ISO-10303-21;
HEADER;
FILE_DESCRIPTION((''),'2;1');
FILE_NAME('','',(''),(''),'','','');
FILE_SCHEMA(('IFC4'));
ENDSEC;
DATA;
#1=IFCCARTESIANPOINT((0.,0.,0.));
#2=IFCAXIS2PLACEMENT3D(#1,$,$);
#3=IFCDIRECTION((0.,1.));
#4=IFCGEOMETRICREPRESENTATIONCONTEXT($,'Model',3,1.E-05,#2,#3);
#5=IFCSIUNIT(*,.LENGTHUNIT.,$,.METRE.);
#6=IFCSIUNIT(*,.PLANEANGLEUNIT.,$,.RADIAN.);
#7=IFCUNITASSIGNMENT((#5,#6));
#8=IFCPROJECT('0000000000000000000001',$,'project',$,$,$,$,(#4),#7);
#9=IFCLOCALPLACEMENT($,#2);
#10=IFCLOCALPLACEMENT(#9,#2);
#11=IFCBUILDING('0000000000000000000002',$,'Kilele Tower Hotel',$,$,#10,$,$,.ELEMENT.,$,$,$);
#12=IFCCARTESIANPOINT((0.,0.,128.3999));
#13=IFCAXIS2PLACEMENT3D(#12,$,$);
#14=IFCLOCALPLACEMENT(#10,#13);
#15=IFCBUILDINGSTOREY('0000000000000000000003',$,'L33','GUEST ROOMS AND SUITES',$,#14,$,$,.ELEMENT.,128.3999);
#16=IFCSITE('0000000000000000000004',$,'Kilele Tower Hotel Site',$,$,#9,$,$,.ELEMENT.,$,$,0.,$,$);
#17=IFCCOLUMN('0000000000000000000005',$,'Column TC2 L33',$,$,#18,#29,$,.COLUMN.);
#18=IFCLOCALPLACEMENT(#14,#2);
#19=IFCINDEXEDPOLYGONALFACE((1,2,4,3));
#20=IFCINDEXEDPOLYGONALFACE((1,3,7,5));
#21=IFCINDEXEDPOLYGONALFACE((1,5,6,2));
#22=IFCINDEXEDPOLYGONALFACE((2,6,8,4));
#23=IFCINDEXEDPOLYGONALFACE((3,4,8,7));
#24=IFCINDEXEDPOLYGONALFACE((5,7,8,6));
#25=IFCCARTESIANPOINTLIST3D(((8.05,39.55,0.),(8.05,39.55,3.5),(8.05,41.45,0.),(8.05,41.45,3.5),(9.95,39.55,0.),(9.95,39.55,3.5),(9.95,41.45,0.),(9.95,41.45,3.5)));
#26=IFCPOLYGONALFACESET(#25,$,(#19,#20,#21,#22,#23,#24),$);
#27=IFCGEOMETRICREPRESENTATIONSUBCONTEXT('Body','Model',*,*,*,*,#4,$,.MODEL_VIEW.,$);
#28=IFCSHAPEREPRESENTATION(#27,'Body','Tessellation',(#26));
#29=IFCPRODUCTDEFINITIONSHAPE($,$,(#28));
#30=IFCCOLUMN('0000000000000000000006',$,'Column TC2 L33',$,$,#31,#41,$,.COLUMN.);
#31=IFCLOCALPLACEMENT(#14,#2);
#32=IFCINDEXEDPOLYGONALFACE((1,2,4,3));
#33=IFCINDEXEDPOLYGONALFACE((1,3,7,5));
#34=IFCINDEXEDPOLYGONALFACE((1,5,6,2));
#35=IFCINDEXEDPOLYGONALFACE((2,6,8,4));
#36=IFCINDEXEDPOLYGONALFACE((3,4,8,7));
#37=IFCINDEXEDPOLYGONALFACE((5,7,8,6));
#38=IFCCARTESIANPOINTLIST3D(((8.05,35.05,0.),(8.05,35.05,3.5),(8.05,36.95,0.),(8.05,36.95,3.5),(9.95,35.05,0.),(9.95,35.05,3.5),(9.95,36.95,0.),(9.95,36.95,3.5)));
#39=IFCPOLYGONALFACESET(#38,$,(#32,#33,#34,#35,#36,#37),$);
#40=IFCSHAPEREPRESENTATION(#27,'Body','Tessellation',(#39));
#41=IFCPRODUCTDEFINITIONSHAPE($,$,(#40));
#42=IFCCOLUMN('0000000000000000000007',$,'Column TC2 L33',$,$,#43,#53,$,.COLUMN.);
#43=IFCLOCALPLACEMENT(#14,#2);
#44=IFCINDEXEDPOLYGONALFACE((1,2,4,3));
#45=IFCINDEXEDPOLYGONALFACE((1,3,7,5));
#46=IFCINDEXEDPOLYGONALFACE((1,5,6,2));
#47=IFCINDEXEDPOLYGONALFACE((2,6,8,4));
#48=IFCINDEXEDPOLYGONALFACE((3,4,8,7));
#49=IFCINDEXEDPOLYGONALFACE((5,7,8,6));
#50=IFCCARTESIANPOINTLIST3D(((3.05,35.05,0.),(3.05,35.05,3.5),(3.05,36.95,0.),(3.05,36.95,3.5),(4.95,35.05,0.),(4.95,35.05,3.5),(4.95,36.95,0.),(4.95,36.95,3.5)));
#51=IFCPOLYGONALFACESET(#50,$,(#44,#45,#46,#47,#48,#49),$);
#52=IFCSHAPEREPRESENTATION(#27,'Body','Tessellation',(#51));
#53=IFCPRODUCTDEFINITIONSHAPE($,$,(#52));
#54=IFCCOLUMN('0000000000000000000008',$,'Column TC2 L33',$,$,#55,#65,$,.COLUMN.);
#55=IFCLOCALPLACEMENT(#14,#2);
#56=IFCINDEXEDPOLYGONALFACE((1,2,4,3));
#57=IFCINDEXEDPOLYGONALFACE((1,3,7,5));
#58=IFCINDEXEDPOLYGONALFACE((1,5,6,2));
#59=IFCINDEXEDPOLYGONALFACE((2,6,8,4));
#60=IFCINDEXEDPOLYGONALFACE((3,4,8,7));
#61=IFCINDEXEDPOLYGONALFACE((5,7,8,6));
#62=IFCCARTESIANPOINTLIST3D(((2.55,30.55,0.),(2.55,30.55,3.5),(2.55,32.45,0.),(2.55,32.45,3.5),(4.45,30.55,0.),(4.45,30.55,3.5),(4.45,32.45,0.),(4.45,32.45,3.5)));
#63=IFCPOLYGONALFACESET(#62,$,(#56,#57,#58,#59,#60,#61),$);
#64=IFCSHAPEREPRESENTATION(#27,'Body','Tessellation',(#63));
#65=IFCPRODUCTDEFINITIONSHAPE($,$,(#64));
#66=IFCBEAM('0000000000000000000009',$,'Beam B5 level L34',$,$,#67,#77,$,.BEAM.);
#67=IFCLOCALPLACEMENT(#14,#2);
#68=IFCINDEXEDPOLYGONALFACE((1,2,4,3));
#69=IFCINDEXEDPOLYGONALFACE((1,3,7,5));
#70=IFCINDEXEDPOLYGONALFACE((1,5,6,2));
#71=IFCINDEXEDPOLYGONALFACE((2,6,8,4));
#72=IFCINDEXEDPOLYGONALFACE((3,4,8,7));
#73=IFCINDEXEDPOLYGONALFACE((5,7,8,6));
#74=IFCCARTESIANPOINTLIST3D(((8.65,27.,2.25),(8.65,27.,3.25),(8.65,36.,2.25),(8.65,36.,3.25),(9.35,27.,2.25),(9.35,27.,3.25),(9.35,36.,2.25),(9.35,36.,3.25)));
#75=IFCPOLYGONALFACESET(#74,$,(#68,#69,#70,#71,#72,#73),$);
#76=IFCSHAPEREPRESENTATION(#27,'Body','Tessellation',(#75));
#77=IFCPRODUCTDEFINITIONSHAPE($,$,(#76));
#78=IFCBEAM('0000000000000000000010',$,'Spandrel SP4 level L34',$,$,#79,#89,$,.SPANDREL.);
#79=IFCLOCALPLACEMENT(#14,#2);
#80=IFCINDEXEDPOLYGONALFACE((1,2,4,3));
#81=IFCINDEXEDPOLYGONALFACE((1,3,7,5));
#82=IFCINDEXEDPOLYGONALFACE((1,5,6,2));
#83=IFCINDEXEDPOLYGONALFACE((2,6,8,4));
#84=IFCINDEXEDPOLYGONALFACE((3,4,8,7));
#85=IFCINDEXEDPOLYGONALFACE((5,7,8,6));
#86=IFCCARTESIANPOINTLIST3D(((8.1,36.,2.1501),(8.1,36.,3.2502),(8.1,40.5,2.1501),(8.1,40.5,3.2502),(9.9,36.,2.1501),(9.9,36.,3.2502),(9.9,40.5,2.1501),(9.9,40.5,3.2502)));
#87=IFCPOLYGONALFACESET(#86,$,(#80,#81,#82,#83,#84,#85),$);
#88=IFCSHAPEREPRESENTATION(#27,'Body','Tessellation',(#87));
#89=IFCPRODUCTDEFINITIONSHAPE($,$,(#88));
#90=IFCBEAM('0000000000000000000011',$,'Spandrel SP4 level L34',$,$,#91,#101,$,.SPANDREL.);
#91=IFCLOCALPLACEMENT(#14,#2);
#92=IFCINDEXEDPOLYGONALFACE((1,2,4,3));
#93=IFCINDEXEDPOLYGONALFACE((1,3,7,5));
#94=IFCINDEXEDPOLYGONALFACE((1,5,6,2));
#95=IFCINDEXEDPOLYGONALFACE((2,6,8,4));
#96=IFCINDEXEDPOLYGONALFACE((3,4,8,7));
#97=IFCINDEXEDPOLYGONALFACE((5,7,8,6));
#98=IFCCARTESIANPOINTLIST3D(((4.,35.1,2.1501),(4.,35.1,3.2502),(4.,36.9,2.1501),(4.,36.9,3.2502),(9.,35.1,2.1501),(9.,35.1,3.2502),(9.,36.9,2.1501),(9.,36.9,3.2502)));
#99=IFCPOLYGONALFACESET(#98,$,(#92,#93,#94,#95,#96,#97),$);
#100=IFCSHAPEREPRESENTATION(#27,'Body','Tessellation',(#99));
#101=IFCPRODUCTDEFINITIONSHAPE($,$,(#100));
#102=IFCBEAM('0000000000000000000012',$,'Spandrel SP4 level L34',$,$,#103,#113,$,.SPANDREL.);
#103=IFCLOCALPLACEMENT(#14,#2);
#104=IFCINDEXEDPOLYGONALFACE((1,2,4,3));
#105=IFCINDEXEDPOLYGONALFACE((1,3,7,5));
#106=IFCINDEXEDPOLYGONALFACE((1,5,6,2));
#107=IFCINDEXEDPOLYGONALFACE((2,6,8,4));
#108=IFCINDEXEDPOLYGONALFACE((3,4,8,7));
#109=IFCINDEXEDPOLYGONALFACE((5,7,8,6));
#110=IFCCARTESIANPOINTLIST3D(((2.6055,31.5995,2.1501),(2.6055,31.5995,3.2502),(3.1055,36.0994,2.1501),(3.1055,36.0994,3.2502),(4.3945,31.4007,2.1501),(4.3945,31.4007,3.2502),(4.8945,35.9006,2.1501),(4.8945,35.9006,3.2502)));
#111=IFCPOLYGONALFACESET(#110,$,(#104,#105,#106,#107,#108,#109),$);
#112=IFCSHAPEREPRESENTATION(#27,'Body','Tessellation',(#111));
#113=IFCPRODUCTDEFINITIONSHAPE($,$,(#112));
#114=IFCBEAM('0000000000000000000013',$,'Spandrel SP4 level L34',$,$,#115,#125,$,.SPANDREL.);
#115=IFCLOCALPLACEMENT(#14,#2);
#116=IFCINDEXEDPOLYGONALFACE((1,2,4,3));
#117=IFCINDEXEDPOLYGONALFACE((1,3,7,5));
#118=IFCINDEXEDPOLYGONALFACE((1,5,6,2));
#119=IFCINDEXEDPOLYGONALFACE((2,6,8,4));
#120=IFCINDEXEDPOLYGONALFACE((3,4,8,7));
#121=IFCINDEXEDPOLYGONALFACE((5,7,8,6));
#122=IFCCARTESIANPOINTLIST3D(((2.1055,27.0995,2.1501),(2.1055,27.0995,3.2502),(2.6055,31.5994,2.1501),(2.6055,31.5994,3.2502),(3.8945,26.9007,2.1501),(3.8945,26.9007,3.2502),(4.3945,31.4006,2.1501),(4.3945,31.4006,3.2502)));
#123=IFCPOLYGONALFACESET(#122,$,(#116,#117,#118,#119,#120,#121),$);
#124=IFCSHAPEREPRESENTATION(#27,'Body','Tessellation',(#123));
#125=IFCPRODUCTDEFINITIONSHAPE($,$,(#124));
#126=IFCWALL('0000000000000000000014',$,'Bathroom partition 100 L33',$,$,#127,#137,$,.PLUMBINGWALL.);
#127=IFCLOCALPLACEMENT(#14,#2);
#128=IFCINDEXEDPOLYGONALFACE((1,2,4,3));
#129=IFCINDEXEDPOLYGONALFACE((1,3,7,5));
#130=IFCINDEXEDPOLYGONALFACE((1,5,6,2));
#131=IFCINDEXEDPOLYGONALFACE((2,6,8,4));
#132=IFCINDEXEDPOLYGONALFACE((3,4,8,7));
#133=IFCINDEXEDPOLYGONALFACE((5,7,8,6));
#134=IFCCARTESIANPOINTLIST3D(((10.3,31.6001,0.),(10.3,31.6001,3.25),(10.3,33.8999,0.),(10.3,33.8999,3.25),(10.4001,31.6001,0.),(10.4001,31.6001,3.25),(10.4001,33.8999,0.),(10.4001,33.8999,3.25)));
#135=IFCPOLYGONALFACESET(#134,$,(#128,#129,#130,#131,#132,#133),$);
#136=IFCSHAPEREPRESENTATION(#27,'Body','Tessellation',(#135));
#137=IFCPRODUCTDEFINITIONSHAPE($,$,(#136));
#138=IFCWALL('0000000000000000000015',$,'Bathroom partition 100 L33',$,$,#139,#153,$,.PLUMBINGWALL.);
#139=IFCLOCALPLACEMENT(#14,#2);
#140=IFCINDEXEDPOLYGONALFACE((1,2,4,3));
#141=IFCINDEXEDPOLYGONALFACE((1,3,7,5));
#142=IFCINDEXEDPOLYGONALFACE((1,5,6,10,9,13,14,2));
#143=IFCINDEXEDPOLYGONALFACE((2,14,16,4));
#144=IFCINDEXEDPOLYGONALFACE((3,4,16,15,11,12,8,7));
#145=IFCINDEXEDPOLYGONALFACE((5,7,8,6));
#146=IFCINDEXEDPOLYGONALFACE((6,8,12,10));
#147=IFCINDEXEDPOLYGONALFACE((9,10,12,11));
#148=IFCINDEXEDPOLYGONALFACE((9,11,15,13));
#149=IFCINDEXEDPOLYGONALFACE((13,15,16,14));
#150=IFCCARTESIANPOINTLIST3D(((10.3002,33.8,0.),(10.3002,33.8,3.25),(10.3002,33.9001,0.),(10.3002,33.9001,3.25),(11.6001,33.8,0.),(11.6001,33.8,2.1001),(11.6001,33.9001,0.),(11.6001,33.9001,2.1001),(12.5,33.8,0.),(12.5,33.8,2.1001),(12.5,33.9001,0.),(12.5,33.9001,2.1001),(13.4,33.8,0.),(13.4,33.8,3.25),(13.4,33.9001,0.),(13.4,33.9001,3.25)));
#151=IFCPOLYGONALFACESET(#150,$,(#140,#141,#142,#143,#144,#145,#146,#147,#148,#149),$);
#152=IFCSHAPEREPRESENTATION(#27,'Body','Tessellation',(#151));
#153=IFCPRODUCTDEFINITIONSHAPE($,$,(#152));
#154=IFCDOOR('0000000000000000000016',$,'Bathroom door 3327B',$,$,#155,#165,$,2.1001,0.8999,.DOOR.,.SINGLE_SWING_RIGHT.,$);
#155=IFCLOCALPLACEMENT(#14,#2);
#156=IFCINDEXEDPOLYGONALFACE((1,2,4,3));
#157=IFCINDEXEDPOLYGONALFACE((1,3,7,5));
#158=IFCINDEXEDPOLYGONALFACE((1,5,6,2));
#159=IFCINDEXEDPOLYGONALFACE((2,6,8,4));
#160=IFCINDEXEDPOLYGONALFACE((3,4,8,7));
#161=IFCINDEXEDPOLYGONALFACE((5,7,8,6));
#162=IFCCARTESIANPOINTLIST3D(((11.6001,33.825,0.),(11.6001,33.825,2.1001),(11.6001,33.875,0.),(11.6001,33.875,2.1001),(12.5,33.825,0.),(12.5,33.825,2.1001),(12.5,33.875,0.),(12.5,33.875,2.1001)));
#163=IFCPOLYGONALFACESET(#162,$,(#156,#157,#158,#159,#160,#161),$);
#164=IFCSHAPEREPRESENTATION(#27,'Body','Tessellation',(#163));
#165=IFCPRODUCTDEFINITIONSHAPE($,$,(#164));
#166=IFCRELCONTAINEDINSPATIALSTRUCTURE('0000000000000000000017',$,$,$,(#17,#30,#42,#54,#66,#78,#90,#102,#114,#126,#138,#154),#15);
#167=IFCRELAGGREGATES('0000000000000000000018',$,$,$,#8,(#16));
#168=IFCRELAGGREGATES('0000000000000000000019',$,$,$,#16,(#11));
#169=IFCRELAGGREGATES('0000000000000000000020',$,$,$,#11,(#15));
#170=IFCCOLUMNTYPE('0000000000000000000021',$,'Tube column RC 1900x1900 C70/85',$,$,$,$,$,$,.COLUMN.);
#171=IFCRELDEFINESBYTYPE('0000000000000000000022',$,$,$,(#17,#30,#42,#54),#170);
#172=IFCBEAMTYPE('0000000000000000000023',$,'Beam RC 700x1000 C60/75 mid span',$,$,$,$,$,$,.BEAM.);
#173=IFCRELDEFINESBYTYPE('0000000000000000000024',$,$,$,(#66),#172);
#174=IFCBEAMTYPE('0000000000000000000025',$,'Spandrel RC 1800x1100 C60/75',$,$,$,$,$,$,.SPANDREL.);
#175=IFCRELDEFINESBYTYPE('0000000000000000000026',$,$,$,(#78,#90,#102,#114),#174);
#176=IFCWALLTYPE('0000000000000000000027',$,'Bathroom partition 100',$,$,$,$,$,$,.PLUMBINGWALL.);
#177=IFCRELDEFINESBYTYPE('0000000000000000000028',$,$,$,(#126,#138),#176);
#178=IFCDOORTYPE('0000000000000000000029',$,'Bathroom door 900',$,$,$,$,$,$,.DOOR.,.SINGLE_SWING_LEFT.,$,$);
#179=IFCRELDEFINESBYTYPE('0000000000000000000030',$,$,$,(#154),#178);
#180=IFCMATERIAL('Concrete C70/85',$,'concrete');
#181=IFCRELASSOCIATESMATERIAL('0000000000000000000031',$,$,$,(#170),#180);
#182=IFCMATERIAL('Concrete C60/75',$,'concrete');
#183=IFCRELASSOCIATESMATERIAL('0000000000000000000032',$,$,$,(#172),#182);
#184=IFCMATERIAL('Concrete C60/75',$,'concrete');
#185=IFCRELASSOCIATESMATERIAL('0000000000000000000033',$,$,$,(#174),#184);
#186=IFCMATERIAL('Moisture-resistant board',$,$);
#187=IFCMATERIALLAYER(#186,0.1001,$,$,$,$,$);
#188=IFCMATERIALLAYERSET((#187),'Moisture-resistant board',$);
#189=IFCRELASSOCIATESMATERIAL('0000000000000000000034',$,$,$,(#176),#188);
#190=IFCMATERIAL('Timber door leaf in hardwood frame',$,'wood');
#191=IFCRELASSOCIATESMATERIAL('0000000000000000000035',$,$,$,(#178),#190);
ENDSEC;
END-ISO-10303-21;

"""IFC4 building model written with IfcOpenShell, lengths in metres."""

from ifc_helpers import new_model, si_unit, direction, frame, frame_2d, origin, origin_2d, place, context, subcontext, project, spatial, rectangle, extrude, material, layer, layer_set, material_profile, profile_set, type_object, element, fill, save


model = new_model("IFC4")

# Units and contexts
model_context = context("Model", 3, precision=1e-05, world=origin(), true_north=direction((0.0, 1.0)))
body_context = subcontext(model_context, "Body", "Model", "MODEL_VIEW")
ifc_project = project(units=[si_unit("LENGTHUNIT", "METRE"), si_unit("PLANEANGLEUNIT", "RADIAN")], contexts=[model_context])

# Site, building, storey
site_placement = place(None, origin())
site = spatial("IfcSite", under=ifc_project, at=site_placement, Name="Kilele Tower Hotel Site", CompositionType="ELEMENT", RefElevation=0.0)
building_placement = place(site_placement, origin())
building = spatial("IfcBuilding", under=site, at=building_placement, Name="Kilele Tower Hotel", CompositionType="ELEMENT")
storey_placement = place(building_placement, frame((0.0, 0.0, 128.3999)))
storey = spatial("IfcBuildingStorey", under=building, at=storey_placement, Name="L33", Description="GUEST ROOMS AND SUITES", CompositionType="ELEMENT", Elevation=128.3999)

# Columns
ifc_material_1 = material(Name="Concrete C70/85", Category="concrete")
ifc_material_profile_1 = material_profile(ifc_material_1, rectangle(XDim=1.8999, YDim=1.8999, at=origin_2d()))
ifc_profile_set_1 = profile_set([ifc_material_profile_1], Name="Concrete C70/85")
column_type = type_object("IfcColumnType", Name="Tube column RC 1900x1900 C70/85", PredefinedType="COLUMN", material=ifc_profile_set_1)
for number, where, z_axis, x_axis, name in (
    (1, (9.0, 40.5, 0.0), (0.0, 0.0, 1.0), (1.0, 0.0, 0.0), "Column TC2 L33"),
    (2, (9.0, 36.0, 0.0), (0.0, 0.0, 1.0), (1.0, 0.0, 0.0), "Column TC2 L33"),
    (3, (4.0, 36.0, 0.0), (0.0, 0.0, 1.0), (1.0, 0.0, 0.0), "Column TC2 L33"),
    (4, (3.5, 31.5, 0.0), (0.0, 0.0, 1.0), (1.0, 0.0, 0.0), "Column TC2 L33"),
):
    element("IfcColumn", number, at=place(storey_placement, frame(where, z_axis=z_axis, x_axis=x_axis)), inside=storey, type_object=column_type, Name=name, PredefinedType="COLUMN", context=body_context, shape_type="SweptSolid", body=[
        extrude(rectangle(XDim=1.8999, YDim=1.8999, at=origin_2d()), origin(), (0.0, 0.0, 1.0), 3.5),
    ])

# Beams
ifc_material_2 = material(Name="Concrete C60/75", Category="concrete")
ifc_material_profile_2 = material_profile(ifc_material_2, rectangle(XDim=0.7, YDim=1.0, at=origin_2d()))
ifc_profile_set_2 = profile_set([ifc_material_profile_2], Name="Concrete C60/75")
beam_type_1 = type_object("IfcBeamType", Name="Beam RC 700x1000 C60/75 mid span", PredefinedType="BEAM", material=ifc_profile_set_2)
beam_1_placement = place(storey_placement, frame((9.0, 36.0, 2.75), z_axis=(0.0, -1.0, 0.0), x_axis=(1.0, 0.0, 0.0)))
element("IfcBeam", 5, at=beam_1_placement, inside=storey, type_object=beam_type_1, Name="Beam B5 level L34", PredefinedType="BEAM", context=body_context, shape_type="SweptSolid", body=[
    extrude(rectangle(XDim=0.7, YDim=1.0, at=origin_2d()), origin(), (0.0, 0.0, 1.0), 9.0),
])
ifc_material_3 = material(Name="Concrete C60/75", Category="concrete")
ifc_material_profile_3 = material_profile(ifc_material_3, rectangle(XDim=1.8, YDim=1.1001, at=origin_2d()))
ifc_profile_set_3 = profile_set([ifc_material_profile_3], Name="Concrete C60/75")
beam_type_2 = type_object("IfcBeamType", Name="Spandrel RC 1800x1100 C60/75", PredefinedType="SPANDREL", material=ifc_profile_set_3)
beam_2_placement = place(storey_placement, frame((9.0, 40.5, 2.7002), z_axis=(0.0, -1.0, 0.0), x_axis=(1.0, 0.0, 0.0)))
element("IfcBeam", 6, at=beam_2_placement, inside=storey, type_object=beam_type_2, Name="Spandrel SP4 level L34", PredefinedType="SPANDREL", context=body_context, shape_type="SweptSolid", body=[
    extrude(rectangle(XDim=1.8, YDim=1.1001, at=origin_2d()), origin(), (0.0, 0.0, 1.0), 4.5),
])
beam_3_placement = place(storey_placement, frame((9.0, 36.0, 2.7002), z_axis=(-1.0, 0.0, 0.0), x_axis=(0.0, -1.0, 0.0)))
element("IfcBeam", 7, at=beam_3_placement, inside=storey, type_object=beam_type_2, Name="Spandrel SP4 level L34", PredefinedType="SPANDREL", context=body_context, shape_type="SweptSolid", body=[
    extrude(rectangle(XDim=1.8, YDim=1.1001, at=origin_2d()), origin(), (0.0, 0.0, 1.0), 5.0),
])
for number, where, z_axis, x_axis, name in (
    (8, (4.0, 36.0, 2.7002), (-0.110432, -0.993884, 0.0), (0.993884, -0.110432, 0.0), "Spandrel SP4 level L34"),
    (9, (3.5, 31.5, 2.7002), (-0.110432, -0.993884, 0.0), (0.993884, -0.110432, 0.0), "Spandrel SP4 level L34"),
):
    element("IfcBeam", number, at=place(storey_placement, frame(where, z_axis=z_axis, x_axis=x_axis)), inside=storey, type_object=beam_type_2, Name=name, PredefinedType="SPANDREL", context=body_context, shape_type="SweptSolid", body=[
        extrude(rectangle(XDim=1.8, YDim=1.1001, at=origin_2d()), origin(), (0.0, 0.0, 1.0), 4.5276),
    ])

# Wall
ifc_material_4 = material(Name="Moisture-resistant board")
ifc_layer_1 = layer(ifc_material_4, 0.1001)
ifc_layer_set_1 = layer_set([ifc_layer_1], Name="Moisture-resistant board")
wall_type_1 = type_object("IfcWallType", Name="Bathroom partition 100", PredefinedType="PLUMBINGWALL", material=ifc_layer_set_1)
wall_1_placement = place(storey_placement, frame((10.3501, 31.6001, 0.0), z_axis=(0.0, 0.0, 1.0), x_axis=(0.0, 1.0, 0.0)))
element("IfcWall", 10, at=wall_1_placement, inside=storey, type_object=wall_type_1, Name="Bathroom partition 100 L33", PredefinedType="PLUMBINGWALL", context=body_context, shape_type="SweptSolid", body=[
    extrude(rectangle(XDim=2.2998, YDim=0.1001, at=frame_2d((1.1499, 0.0))), origin(), (0.0, 0.0, 1.0), 3.25),
])

# Wall, opening, door
wall_2_placement = place(storey_placement, frame((13.3999, 33.8501, 0.0), z_axis=(0.0, 0.0, 1.0), x_axis=(-1.0, 0.0, 0.0)))
wall_2 = element("IfcWall", 11, at=wall_2_placement, inside=storey, type_object=wall_type_1, Name="Bathroom partition 100 L33", PredefinedType="PLUMBINGWALL", context=body_context, shape_type="SweptSolid", body=[
    extrude(rectangle(XDim=3.0999, YDim=0.1001, at=frame_2d((1.5498, 0.0))), origin(), (0.0, 0.0, 1.0), 3.25),
])
opening_1_placement = place(wall_2_placement, frame((1.7998, 0.0, 0.0), z_axis=(0.0, 0.0, 1.0), x_axis=(-1.0, 0.0, 0.0)))
opening_1 = element("IfcOpeningElement", 12, at=opening_1_placement, cuts=wall_2, PredefinedType="OPENING", context=body_context, shape_type="SweptSolid", body=[
    extrude(rectangle(XDim=0.8999, YDim=2.1001, at=frame_2d((0.45, 1.05))), frame((0.0, 0.0601, 0.0), z_axis=(0.0, -1.0, 0.0), x_axis=(1.0, 0.0, 0.0)), (0.0, 0.0, 1.0), 0.1201),
])
ifc_material_5 = material(Name="Timber door leaf in hardwood frame", Category="wood")
door_type_1 = type_object("IfcDoorType", Name="Bathroom door 900", OperationType="SINGLE_SWING_LEFT", PredefinedType="DOOR", material=ifc_material_5)
door_1_placement = place(opening_1_placement, origin())
door_1 = element("IfcDoor", 13, at=door_1_placement, inside=storey, type_object=door_type_1, Name="Bathroom door 3327B", OperationType="SINGLE_SWING_RIGHT", OverallHeight=2.1001, OverallWidth=0.8999, PredefinedType="DOOR", context=body_context, shape_type="SweptSolid", body=[
    extrude(rectangle(XDim=0.8999, YDim=2.1001, at=frame_2d((0.45, 1.05))), frame((0.0, 0.0249, 0.0), z_axis=(0.0, -1.0, 0.0), x_axis=(1.0, 0.0, 0.0)), (0.0, 0.0, 1.0), 0.05),
])
fill(opening_1, door_1)

save(model, "model.ifc")
